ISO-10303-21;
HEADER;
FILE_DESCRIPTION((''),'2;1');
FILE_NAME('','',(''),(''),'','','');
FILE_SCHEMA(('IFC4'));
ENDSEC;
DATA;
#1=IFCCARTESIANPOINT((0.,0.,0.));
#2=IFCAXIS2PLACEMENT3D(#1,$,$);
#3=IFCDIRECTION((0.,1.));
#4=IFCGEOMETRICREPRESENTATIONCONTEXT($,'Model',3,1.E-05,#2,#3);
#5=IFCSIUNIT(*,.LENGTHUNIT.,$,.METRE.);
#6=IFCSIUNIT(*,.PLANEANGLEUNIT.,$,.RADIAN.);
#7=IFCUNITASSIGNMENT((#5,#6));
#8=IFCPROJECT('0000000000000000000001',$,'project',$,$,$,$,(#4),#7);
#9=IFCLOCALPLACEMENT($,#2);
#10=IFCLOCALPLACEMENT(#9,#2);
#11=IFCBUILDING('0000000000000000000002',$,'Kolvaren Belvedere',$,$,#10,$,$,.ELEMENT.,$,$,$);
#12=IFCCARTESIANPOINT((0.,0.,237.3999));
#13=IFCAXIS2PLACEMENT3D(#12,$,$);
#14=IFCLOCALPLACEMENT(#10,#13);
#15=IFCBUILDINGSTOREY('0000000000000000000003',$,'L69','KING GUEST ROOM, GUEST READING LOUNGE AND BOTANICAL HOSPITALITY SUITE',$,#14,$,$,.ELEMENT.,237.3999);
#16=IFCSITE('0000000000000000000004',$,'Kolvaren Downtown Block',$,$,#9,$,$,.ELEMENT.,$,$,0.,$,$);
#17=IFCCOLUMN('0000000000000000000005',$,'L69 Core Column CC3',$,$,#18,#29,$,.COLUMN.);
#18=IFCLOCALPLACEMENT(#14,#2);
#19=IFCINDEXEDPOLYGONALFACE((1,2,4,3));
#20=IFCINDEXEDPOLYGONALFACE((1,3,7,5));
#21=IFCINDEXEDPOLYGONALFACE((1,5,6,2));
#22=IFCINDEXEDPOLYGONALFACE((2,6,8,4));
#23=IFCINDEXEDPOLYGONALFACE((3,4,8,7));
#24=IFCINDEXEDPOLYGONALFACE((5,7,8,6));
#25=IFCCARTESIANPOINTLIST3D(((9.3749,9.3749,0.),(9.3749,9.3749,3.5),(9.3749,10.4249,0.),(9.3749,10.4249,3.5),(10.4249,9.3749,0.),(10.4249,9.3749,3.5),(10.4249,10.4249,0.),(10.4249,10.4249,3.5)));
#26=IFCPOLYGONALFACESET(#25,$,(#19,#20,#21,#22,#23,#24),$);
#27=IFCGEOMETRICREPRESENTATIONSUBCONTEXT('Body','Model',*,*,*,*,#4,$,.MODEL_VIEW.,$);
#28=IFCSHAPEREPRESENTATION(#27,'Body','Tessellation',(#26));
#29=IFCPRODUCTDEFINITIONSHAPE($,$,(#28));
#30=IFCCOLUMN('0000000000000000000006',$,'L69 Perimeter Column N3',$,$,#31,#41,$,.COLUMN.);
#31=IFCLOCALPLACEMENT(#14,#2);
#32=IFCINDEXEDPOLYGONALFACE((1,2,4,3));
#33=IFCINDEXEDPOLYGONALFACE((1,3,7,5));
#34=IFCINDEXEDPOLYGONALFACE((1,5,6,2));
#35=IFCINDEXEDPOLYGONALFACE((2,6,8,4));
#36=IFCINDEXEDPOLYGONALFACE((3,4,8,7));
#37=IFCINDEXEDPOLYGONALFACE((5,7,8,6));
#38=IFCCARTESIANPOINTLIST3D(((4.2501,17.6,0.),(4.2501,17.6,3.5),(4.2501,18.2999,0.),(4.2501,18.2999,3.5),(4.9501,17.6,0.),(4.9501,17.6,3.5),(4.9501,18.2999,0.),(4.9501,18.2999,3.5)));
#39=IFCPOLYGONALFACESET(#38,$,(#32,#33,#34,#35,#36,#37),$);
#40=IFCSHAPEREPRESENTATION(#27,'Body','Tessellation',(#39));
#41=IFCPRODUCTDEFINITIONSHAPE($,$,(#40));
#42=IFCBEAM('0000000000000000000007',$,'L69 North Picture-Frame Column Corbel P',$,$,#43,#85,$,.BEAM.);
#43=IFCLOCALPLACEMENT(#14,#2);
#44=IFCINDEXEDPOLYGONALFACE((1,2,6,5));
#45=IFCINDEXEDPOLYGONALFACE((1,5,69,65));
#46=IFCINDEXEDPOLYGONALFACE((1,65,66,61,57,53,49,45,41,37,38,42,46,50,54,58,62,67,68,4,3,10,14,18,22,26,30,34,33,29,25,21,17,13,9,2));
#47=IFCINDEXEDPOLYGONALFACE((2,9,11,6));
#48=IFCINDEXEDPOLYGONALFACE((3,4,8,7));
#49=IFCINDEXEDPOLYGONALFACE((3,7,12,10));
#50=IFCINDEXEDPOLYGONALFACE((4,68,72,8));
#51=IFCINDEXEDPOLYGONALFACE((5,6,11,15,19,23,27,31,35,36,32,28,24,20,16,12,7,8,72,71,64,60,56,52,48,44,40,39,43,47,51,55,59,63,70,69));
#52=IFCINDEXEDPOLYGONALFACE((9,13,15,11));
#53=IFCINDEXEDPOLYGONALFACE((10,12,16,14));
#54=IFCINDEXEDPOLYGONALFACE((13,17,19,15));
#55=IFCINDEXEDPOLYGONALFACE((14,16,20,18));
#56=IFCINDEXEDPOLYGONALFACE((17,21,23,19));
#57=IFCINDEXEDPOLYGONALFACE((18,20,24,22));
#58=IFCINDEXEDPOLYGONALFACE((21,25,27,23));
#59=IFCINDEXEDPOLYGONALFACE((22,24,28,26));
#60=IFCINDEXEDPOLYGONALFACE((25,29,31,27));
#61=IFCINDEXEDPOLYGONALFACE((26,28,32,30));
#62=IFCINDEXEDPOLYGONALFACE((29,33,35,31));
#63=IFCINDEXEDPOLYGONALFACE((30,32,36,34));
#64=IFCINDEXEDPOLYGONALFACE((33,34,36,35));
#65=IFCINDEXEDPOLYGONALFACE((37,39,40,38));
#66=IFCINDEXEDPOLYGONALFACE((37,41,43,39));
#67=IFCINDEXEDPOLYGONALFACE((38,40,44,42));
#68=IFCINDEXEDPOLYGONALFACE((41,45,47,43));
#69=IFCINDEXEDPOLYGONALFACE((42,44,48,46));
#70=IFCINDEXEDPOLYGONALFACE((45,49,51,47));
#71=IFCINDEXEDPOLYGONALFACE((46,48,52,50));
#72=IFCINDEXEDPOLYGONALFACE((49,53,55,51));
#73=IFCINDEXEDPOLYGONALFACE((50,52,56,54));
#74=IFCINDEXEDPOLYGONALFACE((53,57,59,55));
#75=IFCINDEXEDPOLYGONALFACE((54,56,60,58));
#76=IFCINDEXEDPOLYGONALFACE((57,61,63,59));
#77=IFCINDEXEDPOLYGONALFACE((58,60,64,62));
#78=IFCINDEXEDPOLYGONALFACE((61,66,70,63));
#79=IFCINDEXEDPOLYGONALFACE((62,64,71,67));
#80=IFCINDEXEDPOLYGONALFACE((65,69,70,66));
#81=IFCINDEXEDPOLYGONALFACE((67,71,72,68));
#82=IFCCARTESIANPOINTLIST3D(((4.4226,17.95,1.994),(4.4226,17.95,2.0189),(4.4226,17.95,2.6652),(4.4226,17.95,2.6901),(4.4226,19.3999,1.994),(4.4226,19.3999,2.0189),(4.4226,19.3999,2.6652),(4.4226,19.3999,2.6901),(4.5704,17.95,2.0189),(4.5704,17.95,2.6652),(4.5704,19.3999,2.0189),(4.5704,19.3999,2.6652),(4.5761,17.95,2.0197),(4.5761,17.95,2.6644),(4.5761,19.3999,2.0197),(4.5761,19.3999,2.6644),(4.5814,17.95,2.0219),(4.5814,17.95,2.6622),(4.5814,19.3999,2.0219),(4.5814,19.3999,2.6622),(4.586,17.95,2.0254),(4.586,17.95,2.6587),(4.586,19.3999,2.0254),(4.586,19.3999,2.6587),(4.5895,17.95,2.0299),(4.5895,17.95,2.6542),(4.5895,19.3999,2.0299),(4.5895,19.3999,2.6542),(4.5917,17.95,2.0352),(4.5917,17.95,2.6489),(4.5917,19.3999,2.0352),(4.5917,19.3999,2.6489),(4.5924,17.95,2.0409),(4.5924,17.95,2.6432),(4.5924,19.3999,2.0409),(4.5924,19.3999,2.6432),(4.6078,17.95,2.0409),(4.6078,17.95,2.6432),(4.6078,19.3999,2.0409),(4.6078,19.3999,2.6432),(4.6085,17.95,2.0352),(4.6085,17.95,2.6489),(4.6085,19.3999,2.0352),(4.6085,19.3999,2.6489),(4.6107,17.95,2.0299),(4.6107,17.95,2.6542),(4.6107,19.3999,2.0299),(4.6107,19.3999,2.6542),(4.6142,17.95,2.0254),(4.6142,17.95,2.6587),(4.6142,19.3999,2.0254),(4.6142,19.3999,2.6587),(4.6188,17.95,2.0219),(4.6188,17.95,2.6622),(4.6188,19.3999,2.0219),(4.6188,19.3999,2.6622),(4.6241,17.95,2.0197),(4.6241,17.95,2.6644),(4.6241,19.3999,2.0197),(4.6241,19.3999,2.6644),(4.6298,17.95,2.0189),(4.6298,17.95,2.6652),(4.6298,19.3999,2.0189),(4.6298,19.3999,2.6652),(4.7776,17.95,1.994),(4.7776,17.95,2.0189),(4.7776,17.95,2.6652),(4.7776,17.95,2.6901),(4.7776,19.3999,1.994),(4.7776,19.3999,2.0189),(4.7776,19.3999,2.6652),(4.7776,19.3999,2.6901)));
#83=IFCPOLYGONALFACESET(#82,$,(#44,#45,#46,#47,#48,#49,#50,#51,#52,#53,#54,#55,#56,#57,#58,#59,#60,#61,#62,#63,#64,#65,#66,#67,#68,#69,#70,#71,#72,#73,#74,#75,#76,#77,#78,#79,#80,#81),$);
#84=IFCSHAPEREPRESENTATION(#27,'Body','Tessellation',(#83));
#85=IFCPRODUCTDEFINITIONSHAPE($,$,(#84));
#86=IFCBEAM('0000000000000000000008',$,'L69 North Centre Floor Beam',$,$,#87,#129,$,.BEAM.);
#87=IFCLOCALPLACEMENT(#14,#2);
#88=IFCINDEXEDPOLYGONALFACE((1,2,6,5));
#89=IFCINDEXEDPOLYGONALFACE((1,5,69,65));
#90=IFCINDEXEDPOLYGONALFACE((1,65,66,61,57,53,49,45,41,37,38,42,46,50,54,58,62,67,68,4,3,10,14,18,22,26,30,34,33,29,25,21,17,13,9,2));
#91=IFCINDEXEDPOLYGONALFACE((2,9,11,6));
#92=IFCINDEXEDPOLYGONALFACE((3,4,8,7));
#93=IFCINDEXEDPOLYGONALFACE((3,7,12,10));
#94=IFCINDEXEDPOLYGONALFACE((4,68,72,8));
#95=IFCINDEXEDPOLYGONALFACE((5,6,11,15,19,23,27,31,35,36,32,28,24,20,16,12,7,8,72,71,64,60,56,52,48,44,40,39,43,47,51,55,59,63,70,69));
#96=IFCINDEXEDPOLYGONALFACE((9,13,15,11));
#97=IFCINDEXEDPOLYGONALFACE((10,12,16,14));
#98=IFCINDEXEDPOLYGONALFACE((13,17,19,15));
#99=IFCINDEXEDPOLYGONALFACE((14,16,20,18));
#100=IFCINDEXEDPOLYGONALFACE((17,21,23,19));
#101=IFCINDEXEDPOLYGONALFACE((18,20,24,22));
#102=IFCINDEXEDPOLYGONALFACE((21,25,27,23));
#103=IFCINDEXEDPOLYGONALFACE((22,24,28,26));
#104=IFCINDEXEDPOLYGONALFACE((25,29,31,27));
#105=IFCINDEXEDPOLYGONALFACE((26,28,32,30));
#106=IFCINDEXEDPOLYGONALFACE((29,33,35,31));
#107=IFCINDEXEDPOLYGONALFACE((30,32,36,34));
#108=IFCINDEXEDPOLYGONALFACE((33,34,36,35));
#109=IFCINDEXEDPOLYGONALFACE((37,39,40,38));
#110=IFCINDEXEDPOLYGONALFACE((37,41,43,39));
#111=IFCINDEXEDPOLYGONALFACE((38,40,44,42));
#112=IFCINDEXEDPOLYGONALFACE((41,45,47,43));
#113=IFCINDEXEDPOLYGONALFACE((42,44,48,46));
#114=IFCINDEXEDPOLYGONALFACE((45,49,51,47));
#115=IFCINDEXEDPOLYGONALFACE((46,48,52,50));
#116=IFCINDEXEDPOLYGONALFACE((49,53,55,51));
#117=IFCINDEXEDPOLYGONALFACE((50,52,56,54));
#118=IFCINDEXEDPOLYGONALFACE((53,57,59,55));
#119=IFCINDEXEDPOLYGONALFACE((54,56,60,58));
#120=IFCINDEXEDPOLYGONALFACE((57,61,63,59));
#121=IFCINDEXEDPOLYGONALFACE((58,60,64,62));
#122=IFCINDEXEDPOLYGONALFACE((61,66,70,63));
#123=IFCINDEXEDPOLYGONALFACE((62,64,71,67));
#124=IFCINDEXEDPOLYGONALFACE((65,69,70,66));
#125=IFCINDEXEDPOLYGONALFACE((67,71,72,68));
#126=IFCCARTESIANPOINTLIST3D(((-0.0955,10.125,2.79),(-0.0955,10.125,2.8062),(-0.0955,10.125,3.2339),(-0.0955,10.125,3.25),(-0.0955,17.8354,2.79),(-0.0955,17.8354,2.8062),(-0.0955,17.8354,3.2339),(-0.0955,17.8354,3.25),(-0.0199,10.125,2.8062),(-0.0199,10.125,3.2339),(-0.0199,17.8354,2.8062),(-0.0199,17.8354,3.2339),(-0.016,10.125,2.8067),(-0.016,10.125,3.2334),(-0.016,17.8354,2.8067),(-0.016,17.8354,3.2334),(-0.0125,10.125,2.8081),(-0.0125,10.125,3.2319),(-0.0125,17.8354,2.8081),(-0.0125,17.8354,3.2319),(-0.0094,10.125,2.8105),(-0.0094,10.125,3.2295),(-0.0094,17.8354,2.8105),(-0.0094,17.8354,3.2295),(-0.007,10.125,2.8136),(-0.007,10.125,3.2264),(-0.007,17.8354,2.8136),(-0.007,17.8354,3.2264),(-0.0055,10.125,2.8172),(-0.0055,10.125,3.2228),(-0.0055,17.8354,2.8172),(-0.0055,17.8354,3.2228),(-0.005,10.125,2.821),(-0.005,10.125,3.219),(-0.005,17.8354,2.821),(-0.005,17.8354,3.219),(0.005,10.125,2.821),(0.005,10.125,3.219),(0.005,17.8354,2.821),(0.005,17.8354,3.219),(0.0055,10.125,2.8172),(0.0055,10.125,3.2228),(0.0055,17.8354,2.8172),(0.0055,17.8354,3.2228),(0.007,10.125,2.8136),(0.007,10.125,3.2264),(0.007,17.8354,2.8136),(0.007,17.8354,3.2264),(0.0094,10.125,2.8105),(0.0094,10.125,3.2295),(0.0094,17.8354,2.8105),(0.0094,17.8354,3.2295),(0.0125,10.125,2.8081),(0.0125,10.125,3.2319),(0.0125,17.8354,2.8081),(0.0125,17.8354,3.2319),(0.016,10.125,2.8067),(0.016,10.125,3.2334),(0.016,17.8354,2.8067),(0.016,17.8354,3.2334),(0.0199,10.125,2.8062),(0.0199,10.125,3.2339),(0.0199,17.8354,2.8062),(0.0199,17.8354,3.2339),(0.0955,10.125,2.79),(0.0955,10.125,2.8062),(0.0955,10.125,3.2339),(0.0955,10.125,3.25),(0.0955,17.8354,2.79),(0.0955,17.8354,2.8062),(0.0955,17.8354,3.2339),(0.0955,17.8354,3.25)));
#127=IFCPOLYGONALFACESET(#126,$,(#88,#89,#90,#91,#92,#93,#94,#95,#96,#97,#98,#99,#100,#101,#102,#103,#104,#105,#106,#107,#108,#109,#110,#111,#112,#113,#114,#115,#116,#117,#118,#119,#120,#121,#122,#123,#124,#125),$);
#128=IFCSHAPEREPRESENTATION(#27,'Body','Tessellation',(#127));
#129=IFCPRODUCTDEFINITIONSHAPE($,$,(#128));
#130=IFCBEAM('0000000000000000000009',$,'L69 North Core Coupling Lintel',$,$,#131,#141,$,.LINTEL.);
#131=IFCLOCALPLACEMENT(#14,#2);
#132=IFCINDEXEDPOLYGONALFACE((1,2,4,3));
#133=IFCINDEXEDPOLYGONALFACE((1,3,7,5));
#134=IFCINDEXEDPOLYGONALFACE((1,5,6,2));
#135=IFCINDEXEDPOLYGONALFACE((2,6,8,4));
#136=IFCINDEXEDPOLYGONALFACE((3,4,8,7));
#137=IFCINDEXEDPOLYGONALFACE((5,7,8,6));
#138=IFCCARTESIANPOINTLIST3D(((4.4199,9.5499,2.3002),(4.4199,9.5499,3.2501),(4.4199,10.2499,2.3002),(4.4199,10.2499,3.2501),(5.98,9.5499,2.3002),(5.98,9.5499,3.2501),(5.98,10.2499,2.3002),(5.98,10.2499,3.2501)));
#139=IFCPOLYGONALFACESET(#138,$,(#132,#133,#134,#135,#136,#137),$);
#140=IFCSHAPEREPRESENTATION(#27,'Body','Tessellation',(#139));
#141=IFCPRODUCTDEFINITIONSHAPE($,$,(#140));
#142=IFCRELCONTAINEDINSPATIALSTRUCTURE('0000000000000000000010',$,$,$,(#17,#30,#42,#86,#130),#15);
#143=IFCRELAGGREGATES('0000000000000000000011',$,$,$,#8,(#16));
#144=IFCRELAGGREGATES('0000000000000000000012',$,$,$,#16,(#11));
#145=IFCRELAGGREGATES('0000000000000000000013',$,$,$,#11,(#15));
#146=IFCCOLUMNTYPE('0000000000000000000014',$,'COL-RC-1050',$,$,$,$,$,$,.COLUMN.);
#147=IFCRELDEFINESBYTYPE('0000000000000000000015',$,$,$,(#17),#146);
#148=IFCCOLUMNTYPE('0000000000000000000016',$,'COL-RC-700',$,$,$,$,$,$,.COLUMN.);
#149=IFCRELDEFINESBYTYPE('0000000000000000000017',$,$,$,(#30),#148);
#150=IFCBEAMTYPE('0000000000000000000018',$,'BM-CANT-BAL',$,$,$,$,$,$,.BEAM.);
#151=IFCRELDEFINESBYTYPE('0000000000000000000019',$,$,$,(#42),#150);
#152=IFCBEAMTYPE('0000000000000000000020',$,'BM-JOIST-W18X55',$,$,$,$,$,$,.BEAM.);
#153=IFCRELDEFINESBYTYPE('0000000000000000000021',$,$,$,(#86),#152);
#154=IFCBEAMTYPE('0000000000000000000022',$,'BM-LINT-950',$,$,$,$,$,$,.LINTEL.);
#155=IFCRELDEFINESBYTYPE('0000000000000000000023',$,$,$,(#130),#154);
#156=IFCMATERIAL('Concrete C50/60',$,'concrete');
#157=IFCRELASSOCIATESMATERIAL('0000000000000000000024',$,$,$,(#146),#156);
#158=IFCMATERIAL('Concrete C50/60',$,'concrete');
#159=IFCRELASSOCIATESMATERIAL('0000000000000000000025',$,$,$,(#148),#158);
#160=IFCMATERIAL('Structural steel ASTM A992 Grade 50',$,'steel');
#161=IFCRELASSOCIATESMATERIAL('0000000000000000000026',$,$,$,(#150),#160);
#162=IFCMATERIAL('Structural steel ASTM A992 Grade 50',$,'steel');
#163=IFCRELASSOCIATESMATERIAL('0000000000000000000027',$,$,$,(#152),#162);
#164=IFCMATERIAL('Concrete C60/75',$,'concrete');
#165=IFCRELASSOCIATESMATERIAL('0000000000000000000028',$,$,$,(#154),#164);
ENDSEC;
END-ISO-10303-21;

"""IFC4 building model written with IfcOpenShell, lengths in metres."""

from ifc_helpers import new_model, si_unit, direction, frame, origin, origin_2d, place, context, subcontext, project, spatial, rectangle, i_section, extrude, material, material_profile, profile_set, type_object, element, save


model = new_model("IFC4")

# Units and contexts
model_context = context("Model", 3, precision=1e-05, world=origin(), true_north=direction((0.0, 1.0)))
body_context = subcontext(model_context, "Body", "Model", "MODEL_VIEW")
ifc_project = project(units=[si_unit("LENGTHUNIT", "METRE"), si_unit("PLANEANGLEUNIT", "RADIAN")], contexts=[model_context])

# Site, building, storey
site_placement = place(None, origin())
site = spatial("IfcSite", under=ifc_project, at=site_placement, Name="Kolvaren Downtown Block", CompositionType="ELEMENT", RefElevation=0.0)
building_placement = place(site_placement, origin())
building = spatial("IfcBuilding", under=site, at=building_placement, Name="Kolvaren Belvedere", CompositionType="ELEMENT")
storey_placement = place(building_placement, frame((0.0, 0.0, 237.3999)))
storey = spatial("IfcBuildingStorey", under=building, at=storey_placement, Name="L69", Description="KING GUEST ROOM, GUEST READING LOUNGE AND BOTANICAL HOSPITALITY SUITE", CompositionType="ELEMENT", Elevation=237.3999)

# Columns
ifc_material_1 = material(Name="Concrete C50/60", Category="concrete")
ifc_material_profile_1 = material_profile(ifc_material_1, rectangle(XDim=1.05, YDim=1.05, at=origin_2d()), Name="RC 1050X1050")
ifc_profile_set_1 = profile_set([ifc_material_profile_1], Name="Concrete C50/60")
column_type_1 = type_object("IfcColumnType", Name="COL-RC-1050", PredefinedType="COLUMN", material=ifc_profile_set_1)
column_1_placement = place(storey_placement, frame((9.8999, 9.8999, 0.0), z_axis=(0.0, 0.0, 1.0), x_axis=(1.0, 0.0, 0.0)))
element("IfcColumn", 1, at=column_1_placement, inside=storey, type_object=column_type_1, Name="L69 Core Column CC3", PredefinedType="COLUMN", context=body_context, shape_type="SweptSolid", body=[
    extrude(rectangle(XDim=1.05, YDim=1.05, at=origin_2d()), origin(), (0.0, 0.0, 1.0), 3.5),
])
ifc_material_2 = material(Name="Concrete C50/60", Category="concrete")
ifc_material_profile_2 = material_profile(ifc_material_2, rectangle(XDim=0.7, YDim=0.7, at=origin_2d()), Name="RC 700X700")
ifc_profile_set_2 = profile_set([ifc_material_profile_2], Name="Concrete C50/60")
column_type_2 = type_object("IfcColumnType", Name="COL-RC-700", PredefinedType="COLUMN", material=ifc_profile_set_2)
column_2_placement = place(storey_placement, frame((4.6001, 17.95, 0.0), z_axis=(0.0, 0.0, 1.0), x_axis=(1.0, 0.0, 0.0)))
element("IfcColumn", 2, at=column_2_placement, inside=storey, type_object=column_type_2, Name="L69 Perimeter Column N3", PredefinedType="COLUMN", context=body_context, shape_type="SweptSolid", body=[
    extrude(rectangle(XDim=0.7, YDim=0.7, at=origin_2d()), origin(), (0.0, 0.0, 1.0), 3.5),
])

# Beams
ifc_material_3 = material(Name="Structural steel ASTM A992 Grade 50", Category="steel")
ifc_material_profile_3 = material_profile(ifc_material_3, i_section(OverallWidth=0.355, OverallDepth=0.696, WebThickness=0.0154, FlangeThickness=0.0249, FilletRadius=0.022, at=origin_2d()), Name="W27X146")
ifc_profile_set_3 = profile_set([ifc_material_profile_3], Name="Structural steel ASTM A992 Grade 50")
beam_type_1 = type_object("IfcBeamType", Name="BM-CANT-BAL", PredefinedType="BEAM", material=ifc_profile_set_3)
beam_1_placement = place(storey_placement, frame((4.6001, 17.95, 2.342), z_axis=(0.0, 1.0, 0.0), x_axis=(-1.0, 0.0, 0.0)))
element("IfcBeam", 3, at=beam_1_placement, inside=storey, type_object=beam_type_1, Name="L69 North Picture-Frame Column Corbel P", PredefinedType="BEAM", context=body_context, shape_type="SweptSolid", body=[
    extrude(i_section(OverallWidth=0.355, OverallDepth=0.696, WebThickness=0.0154, FlangeThickness=0.0249, FilletRadius=0.022, at=origin_2d()), origin(), (0.0, 0.0, 1.0), 1.45),
])
ifc_material_4 = material(Name="Structural steel ASTM A992 Grade 50", Category="steel")
ifc_material_profile_4 = material_profile(ifc_material_4, i_section(OverallWidth=0.1909, OverallDepth=0.46, WebThickness=0.01, FlangeThickness=0.0161, FilletRadius=0.0149, at=origin_2d()), Name="W18X55")
ifc_profile_set_4 = profile_set([ifc_material_profile_4], Name="Structural steel ASTM A992 Grade 50")
beam_type_2 = type_object("IfcBeamType", Name="BM-JOIST-W18X55", PredefinedType="BEAM", material=ifc_profile_set_4)
beam_2_placement = place(storey_placement, frame((0.0, 10.125, 3.02), z_axis=(0.0, 1.0, 0.0), x_axis=(-1.0, 0.0, 0.0)))
element("IfcBeam", 4, at=beam_2_placement, inside=storey, type_object=beam_type_2, Name="L69 North Centre Floor Beam", PredefinedType="BEAM", context=body_context, shape_type="SweptSolid", body=[
    extrude(i_section(OverallWidth=0.1909, OverallDepth=0.46, WebThickness=0.01, FlangeThickness=0.0161, FilletRadius=0.0149, at=origin_2d()), origin(), (0.0, 0.0, 1.0), 7.7104),
])
ifc_material_5 = material(Name="Concrete C60/75", Category="concrete")
ifc_material_profile_5 = material_profile(ifc_material_5, rectangle(XDim=0.7, YDim=0.95, at=origin_2d()), Name="RC 700X950")
ifc_profile_set_5 = profile_set([ifc_material_profile_5], Name="Concrete C60/75")
beam_type_3 = type_object("IfcBeamType", Name="BM-LINT-950", PredefinedType="LINTEL", material=ifc_profile_set_5)
beam_3_placement = place(storey_placement, frame((4.4199, 9.8999, 2.7751), z_axis=(1.0, 0.0, 0.0), x_axis=(0.0, 1.0, 0.0)))
element("IfcBeam", 5, at=beam_3_placement, inside=storey, type_object=beam_type_3, Name="L69 North Core Coupling Lintel", PredefinedType="LINTEL", context=body_context, shape_type="SweptSolid", body=[
    extrude(rectangle(XDim=0.7, YDim=0.95, at=origin_2d()), origin(), (0.0, 0.0, 1.0), 1.5601),
])

save(model, "model.ifc")
